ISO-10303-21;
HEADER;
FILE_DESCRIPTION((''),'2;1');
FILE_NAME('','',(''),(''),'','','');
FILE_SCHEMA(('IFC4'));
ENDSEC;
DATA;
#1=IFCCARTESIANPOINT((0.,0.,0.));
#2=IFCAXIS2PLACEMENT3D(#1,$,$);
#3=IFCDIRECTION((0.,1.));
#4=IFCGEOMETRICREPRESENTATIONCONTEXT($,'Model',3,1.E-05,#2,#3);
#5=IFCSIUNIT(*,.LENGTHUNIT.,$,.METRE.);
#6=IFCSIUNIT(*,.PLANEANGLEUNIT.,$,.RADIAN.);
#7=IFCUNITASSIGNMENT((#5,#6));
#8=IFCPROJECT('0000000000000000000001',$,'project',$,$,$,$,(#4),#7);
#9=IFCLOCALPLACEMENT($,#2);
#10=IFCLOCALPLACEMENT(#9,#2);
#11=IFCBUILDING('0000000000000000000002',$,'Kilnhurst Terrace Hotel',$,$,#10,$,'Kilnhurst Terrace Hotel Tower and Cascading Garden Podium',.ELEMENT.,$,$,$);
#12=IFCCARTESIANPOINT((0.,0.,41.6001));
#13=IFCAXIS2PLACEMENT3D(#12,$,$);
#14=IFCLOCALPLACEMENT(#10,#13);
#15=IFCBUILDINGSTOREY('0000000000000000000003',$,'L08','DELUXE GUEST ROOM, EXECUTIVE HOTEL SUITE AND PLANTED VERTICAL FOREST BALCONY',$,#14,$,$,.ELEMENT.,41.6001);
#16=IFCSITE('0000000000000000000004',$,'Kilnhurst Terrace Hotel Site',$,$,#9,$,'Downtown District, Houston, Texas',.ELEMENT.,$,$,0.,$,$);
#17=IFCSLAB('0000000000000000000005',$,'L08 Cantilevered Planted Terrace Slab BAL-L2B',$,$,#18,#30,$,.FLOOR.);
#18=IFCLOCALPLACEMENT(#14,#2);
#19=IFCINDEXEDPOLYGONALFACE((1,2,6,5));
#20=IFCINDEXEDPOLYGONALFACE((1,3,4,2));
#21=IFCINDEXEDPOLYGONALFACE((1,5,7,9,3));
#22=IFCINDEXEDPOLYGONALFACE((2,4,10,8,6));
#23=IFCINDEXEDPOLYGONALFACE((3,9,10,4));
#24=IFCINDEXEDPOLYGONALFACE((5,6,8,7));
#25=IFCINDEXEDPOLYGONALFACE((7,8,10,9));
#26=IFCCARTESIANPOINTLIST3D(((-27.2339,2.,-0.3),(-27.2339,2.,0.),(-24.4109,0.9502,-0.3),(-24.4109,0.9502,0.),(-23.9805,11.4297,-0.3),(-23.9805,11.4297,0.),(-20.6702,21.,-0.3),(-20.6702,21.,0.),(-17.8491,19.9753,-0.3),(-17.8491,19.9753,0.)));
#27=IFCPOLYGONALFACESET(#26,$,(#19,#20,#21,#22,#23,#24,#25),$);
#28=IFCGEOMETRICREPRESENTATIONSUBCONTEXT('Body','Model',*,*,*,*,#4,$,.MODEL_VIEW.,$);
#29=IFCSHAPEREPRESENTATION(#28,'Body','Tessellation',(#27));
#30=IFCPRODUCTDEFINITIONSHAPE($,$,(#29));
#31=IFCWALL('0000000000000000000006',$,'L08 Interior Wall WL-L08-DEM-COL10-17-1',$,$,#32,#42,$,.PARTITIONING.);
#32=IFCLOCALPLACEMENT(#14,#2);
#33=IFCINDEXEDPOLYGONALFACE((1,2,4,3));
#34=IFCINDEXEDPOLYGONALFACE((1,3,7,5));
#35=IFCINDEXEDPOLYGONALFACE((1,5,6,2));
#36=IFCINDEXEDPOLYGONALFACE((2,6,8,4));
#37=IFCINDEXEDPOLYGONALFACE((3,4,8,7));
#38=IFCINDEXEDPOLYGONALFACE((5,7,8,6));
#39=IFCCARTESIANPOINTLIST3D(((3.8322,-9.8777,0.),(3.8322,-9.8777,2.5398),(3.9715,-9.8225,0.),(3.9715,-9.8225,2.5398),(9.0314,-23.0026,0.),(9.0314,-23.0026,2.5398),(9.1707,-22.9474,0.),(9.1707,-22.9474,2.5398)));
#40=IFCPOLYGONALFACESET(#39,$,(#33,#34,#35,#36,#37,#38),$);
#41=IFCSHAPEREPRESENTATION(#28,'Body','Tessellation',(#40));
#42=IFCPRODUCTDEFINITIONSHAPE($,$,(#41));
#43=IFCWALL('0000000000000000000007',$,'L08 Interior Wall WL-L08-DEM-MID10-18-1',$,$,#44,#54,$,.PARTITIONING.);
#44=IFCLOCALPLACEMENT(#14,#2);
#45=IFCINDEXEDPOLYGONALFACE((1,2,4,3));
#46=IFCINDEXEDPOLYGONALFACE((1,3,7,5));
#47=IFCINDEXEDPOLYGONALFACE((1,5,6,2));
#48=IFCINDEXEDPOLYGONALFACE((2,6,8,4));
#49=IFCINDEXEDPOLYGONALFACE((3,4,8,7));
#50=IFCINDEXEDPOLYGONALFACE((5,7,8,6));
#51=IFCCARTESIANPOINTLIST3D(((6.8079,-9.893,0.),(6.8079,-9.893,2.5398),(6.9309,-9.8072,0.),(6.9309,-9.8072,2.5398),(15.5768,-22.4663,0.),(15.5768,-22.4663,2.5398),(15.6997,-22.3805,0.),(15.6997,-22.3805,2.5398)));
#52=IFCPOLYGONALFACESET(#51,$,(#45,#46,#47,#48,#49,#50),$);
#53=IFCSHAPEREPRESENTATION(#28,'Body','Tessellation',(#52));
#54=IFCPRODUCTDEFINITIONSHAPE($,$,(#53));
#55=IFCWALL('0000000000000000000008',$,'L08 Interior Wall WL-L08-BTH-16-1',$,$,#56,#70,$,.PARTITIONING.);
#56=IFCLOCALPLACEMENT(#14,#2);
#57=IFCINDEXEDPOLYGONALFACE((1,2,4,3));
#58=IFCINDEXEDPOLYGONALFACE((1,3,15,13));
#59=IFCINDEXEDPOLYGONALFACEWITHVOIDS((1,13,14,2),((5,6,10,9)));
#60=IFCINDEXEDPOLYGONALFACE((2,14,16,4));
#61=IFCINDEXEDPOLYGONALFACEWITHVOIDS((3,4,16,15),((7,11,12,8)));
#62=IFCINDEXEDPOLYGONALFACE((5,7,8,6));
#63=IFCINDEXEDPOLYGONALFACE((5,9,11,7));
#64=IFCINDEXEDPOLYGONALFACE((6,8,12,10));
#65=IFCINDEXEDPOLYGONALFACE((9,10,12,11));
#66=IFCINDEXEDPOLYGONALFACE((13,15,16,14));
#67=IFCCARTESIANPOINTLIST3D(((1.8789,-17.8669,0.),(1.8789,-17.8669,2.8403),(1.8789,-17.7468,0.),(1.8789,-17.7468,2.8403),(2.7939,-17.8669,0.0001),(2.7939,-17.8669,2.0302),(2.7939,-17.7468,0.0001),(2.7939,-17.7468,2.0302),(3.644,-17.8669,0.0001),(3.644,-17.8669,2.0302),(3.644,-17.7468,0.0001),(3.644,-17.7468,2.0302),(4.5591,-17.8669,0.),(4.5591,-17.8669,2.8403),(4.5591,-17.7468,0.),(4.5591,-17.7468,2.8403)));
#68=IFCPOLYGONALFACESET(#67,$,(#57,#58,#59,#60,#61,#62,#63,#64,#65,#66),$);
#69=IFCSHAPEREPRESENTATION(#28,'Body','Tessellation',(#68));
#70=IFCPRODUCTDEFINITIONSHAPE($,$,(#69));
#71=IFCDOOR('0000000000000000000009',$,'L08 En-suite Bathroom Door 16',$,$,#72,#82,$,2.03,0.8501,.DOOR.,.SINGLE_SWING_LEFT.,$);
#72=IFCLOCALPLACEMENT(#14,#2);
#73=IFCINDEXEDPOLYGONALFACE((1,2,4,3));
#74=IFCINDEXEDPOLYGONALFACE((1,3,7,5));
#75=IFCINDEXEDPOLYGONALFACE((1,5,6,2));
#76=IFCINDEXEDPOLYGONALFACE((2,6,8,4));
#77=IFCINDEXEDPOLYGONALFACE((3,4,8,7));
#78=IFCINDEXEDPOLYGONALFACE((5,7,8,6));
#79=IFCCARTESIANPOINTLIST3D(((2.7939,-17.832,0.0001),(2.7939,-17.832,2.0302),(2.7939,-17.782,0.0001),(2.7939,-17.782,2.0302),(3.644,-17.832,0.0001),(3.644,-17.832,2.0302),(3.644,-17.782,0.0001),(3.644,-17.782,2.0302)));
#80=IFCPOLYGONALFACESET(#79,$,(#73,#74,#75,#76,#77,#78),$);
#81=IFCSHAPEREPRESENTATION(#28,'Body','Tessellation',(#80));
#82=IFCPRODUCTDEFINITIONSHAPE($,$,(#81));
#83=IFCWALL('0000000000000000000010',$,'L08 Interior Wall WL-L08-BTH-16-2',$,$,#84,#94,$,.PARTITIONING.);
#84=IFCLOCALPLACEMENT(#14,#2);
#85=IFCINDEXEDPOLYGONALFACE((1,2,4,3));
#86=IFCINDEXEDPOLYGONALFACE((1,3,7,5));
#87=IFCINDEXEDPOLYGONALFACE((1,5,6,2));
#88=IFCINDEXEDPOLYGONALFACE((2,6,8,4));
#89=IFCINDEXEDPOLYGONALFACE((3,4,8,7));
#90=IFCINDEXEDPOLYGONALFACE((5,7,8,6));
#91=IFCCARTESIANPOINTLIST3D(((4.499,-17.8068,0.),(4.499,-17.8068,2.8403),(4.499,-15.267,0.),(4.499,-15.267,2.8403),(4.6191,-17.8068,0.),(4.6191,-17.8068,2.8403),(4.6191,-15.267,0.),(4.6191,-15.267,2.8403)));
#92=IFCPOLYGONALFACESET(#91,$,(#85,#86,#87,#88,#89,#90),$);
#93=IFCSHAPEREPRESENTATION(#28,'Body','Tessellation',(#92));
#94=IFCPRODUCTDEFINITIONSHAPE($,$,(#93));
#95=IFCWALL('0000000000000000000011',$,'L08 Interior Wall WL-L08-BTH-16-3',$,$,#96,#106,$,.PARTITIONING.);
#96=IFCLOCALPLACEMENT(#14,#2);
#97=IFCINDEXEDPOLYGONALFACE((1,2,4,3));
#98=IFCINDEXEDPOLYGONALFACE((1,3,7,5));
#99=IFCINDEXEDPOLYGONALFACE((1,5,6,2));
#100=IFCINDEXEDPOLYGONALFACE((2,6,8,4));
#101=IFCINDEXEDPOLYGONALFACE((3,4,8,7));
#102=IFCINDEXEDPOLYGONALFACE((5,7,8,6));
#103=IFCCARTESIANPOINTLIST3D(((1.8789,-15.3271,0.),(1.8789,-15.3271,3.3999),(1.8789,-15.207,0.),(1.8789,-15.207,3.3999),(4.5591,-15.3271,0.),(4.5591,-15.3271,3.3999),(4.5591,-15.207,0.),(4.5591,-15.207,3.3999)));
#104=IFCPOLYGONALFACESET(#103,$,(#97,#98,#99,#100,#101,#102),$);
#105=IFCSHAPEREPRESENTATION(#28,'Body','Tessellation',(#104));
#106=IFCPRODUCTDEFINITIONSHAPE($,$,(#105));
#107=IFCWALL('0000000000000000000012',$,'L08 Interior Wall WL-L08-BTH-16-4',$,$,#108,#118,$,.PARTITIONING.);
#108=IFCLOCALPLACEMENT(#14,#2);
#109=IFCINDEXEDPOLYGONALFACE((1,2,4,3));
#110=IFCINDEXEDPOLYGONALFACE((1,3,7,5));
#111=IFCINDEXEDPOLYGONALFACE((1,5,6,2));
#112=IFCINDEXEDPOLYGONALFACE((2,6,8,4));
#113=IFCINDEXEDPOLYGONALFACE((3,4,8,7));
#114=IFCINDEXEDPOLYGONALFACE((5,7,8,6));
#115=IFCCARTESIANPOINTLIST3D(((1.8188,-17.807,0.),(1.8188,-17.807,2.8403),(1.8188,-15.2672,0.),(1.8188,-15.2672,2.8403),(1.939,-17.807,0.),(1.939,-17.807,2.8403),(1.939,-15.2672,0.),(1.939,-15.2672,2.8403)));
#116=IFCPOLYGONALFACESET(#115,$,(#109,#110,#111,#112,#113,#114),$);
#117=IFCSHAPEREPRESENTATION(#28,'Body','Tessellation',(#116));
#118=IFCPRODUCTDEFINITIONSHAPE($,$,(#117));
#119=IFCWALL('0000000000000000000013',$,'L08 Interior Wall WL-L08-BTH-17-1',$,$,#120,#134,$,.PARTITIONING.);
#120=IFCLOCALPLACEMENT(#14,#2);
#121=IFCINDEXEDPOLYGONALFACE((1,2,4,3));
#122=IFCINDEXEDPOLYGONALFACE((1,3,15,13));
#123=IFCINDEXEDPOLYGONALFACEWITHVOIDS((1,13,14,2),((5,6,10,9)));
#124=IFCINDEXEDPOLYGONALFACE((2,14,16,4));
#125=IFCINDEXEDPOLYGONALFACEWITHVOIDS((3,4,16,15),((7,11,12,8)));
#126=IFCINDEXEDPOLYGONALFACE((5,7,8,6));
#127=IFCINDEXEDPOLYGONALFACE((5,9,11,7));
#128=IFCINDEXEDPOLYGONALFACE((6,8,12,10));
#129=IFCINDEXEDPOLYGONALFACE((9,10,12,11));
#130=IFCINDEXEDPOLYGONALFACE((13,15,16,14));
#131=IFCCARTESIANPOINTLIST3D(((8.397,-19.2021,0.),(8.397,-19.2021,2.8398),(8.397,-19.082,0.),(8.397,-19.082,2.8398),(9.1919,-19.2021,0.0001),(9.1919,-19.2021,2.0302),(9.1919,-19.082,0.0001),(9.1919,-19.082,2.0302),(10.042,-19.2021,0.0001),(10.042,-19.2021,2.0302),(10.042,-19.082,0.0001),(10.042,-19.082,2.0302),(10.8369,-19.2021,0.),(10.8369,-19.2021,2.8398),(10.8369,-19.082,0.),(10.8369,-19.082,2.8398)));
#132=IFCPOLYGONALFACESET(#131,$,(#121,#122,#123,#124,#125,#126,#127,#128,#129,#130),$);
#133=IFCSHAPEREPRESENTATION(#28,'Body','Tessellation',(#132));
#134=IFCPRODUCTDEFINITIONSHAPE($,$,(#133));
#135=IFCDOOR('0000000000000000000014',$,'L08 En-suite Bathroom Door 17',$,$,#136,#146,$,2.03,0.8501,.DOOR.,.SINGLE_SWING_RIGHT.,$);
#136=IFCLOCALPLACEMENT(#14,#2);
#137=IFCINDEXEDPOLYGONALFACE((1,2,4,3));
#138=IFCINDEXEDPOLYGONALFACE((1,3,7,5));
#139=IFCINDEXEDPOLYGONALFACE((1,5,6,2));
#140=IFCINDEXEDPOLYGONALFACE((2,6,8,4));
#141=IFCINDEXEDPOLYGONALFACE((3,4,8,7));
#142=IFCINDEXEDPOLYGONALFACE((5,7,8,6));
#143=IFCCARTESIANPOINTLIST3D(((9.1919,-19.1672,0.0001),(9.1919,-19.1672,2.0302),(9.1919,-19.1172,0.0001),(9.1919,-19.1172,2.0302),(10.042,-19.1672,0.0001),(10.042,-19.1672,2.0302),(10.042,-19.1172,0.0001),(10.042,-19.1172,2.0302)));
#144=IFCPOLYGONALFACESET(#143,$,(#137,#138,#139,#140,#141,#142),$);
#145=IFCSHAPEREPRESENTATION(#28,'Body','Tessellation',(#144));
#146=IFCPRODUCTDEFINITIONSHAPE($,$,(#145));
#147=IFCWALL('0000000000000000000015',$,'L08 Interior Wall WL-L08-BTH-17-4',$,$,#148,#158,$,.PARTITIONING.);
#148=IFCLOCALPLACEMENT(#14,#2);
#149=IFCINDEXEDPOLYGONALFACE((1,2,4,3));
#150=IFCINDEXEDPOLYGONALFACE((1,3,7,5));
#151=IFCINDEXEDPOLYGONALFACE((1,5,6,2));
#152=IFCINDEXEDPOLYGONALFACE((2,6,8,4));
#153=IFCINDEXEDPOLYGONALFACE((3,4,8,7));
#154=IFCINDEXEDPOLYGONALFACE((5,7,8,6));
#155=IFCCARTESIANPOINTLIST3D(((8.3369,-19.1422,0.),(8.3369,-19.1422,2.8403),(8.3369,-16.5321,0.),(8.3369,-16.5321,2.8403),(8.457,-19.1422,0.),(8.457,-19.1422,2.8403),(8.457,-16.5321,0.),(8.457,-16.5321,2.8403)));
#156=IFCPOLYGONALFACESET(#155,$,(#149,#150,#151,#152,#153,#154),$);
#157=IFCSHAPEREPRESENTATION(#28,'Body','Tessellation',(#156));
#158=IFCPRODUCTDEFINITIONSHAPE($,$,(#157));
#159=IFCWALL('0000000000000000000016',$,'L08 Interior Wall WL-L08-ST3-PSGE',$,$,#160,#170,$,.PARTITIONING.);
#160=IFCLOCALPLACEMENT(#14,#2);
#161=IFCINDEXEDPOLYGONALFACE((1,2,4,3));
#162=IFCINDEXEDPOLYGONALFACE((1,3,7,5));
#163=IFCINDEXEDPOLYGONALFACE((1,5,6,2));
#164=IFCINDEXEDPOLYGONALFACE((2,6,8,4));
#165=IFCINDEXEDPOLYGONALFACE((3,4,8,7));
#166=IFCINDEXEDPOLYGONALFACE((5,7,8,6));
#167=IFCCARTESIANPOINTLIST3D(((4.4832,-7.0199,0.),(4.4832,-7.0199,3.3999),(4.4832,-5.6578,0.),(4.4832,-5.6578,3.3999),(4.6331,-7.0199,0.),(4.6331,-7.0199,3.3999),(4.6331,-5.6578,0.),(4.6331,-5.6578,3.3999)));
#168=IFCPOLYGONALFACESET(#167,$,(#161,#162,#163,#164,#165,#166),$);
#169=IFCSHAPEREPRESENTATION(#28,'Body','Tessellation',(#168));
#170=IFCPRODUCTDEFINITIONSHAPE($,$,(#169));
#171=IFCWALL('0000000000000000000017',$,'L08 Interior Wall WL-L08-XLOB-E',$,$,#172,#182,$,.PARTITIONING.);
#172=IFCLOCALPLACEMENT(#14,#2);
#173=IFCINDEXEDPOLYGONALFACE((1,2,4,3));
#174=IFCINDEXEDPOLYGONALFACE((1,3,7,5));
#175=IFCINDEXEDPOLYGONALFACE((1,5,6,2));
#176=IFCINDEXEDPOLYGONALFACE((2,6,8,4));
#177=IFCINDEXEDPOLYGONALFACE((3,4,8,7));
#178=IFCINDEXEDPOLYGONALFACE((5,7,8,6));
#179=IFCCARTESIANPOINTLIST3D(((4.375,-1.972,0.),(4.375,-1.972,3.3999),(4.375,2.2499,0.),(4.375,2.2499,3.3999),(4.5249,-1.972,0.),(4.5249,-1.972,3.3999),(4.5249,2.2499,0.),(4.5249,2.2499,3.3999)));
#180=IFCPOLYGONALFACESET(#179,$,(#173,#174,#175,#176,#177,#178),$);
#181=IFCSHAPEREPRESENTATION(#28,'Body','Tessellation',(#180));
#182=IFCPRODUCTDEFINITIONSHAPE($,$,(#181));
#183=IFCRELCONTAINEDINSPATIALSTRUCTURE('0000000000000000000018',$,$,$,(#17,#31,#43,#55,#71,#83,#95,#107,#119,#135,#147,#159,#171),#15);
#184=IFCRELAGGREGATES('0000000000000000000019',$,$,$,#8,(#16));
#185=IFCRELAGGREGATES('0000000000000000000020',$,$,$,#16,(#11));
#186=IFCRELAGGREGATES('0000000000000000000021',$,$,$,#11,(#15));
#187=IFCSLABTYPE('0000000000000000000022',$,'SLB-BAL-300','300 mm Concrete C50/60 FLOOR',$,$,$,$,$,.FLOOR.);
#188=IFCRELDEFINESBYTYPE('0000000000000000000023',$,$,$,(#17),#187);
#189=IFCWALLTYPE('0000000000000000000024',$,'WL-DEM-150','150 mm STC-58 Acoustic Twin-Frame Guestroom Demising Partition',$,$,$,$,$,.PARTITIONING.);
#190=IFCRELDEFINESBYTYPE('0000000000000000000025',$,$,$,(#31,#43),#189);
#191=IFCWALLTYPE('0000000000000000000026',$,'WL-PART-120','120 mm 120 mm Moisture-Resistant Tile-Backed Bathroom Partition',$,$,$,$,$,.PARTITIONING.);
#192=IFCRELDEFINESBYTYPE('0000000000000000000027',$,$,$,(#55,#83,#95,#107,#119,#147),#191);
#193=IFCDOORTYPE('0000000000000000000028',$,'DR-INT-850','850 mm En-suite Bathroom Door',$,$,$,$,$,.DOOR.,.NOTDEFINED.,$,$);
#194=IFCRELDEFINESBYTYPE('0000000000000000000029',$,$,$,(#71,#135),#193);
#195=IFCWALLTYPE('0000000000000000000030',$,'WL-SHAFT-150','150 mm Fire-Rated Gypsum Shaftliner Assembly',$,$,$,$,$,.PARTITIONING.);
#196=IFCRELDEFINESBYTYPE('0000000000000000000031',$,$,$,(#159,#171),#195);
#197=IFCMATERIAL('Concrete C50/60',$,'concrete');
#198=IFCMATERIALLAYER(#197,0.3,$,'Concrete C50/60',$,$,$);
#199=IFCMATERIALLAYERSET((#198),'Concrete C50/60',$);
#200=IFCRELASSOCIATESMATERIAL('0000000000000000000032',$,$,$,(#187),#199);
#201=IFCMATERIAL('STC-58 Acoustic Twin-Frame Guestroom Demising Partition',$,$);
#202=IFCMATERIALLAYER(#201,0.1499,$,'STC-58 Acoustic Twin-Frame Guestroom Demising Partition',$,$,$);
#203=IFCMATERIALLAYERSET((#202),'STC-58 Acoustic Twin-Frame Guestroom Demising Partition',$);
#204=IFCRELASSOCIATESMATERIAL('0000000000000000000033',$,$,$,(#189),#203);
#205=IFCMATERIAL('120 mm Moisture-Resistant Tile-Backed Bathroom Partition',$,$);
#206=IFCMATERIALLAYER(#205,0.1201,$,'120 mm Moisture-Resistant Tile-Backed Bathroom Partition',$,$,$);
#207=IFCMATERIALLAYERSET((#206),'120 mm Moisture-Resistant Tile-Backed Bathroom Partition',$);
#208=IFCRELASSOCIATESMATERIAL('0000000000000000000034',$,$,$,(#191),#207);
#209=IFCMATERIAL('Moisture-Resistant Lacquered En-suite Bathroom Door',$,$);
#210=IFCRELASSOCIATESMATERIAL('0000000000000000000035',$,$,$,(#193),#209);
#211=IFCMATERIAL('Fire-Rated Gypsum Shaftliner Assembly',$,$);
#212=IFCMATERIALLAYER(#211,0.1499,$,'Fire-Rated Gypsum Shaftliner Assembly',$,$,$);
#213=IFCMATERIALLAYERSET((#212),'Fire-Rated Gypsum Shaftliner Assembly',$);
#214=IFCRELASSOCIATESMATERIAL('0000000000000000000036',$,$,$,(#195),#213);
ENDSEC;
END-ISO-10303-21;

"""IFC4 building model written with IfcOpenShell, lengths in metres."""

from ifc_helpers import new_model, si_unit, direction, frame, frame_2d, origin, place, context, subcontext, project, spatial, polyline, rectangle, outline, extrude, material, layer, layer_set, type_object, element, fill, save


model = new_model("IFC4")

# Units and contexts
model_context = context("Model", 3, precision=1e-05, world=origin(), true_north=direction((0.0, 1.0)))
body_context = subcontext(model_context, "Body", "Model", "MODEL_VIEW")
ifc_project = project(units=[si_unit("LENGTHUNIT", "METRE"), si_unit("PLANEANGLEUNIT", "RADIAN")], contexts=[model_context])

# Site, building, storey
site_placement = place(None, origin())
site = spatial("IfcSite", under=ifc_project, at=site_placement, Name="Kilnhurst Terrace Hotel Site", LongName="Downtown District, Houston, Texas", CompositionType="ELEMENT", RefElevation=0.0)
building_placement = place(site_placement, origin())
building = spatial("IfcBuilding", under=site, at=building_placement, Name="Kilnhurst Terrace Hotel", LongName="Kilnhurst Terrace Hotel Tower and Cascading Garden Podium", CompositionType="ELEMENT")
storey_placement = place(building_placement, frame((0.0, 0.0, 41.6001)))
storey = spatial("IfcBuildingStorey", under=building, at=storey_placement, Name="L08", Description="DELUXE GUEST ROOM, EXECUTIVE HOTEL SUITE AND PLANTED VERTICAL FOREST BALCONY", CompositionType="ELEMENT", Elevation=41.6001)

# Shared definitions
ifc_material_1 = material(Name="Concrete C50/60", Category="concrete")

# Slab
ifc_layer_1 = layer(ifc_material_1, 0.3, Name="Concrete C50/60")
ifc_layer_set_1 = layer_set([ifc_layer_1], Name="Concrete C50/60")
slab_type = type_object("IfcSlabType", Name="SLB-BAL-300", Description="300 mm Concrete C50/60 FLOOR", PredefinedType="FLOOR", material=ifc_layer_set_1)
slab_1_placement = place(storey_placement, frame((0.0, 0.0, -0.3)))
element("IfcSlab", 1, at=slab_1_placement, inside=storey, type_object=slab_type, Name="L08 Cantilevered Planted Terrace Slab BAL-L2B", PredefinedType="FLOOR", context=body_context, shape_type="SweptSolid", body=[
    extrude(outline(polyline([(-20.6702, 21.0), (-17.8491, 19.9753), (-24.4109, 0.9502), (-27.2339, 2.0), (-23.9805, 11.4297), (-20.6702, 21.0)])), origin(), (0.0, 0.0, 1.0), 0.3),
])

# Walls
ifc_material_2 = material(Name="STC-58 Acoustic Twin-Frame Guestroom Demising Partition")
ifc_layer_2 = layer(ifc_material_2, 0.1499, Name="STC-58 Acoustic Twin-Frame Guestroom Demising Partition")
ifc_layer_set_2 = layer_set([ifc_layer_2], Name="STC-58 Acoustic Twin-Frame Guestroom Demising Partition")
wall_type_1 = type_object("IfcWallType", Name="WL-DEM-150", Description="150 mm STC-58 Acoustic Twin-Frame Guestroom Demising Partition", PredefinedType="PARTITIONING", material=ifc_layer_set_2)
wall_1_placement = place(storey_placement, frame((3.9019, -9.8501, 0.0), z_axis=(0.0, 0.0, 1.0), x_axis=(0.368288, -0.929712, 0.0)))
element("IfcWall", 2, at=wall_1_placement, inside=storey, type_object=wall_type_1, Name="L08 Interior Wall WL-L08-DEM-COL10-17-1", PredefinedType="PARTITIONING", context=body_context, shape_type="SweptSolid", body=[
    extrude(rectangle(XDim=14.1172, YDim=0.1499, at=frame_2d((7.0586, 0.0))), origin(), (0.0, 0.0, 1.0), 2.5398),
])
wall_2_placement = place(storey_placement, frame((6.8694, -9.8501, 0.0), z_axis=(0.0, 0.0, 1.0), x_axis=(0.57204, -0.820226, 0.0)))
element("IfcWall", 3, at=wall_2_placement, inside=storey, type_object=wall_type_1, Name="L08 Interior Wall WL-L08-DEM-MID10-18-1", PredefinedType="PARTITIONING", context=body_context, shape_type="SweptSolid", body=[
    extrude(rectangle(XDim=15.3291, YDim=0.1499, at=frame_2d((7.6646, 0.0))), origin(), (0.0, 0.0, 1.0), 2.5398),
])

# Wall, opening, door
ifc_material_3 = material(Name="120 mm Moisture-Resistant Tile-Backed Bathroom Partition")
ifc_layer_3 = layer(ifc_material_3, 0.1201, Name="120 mm Moisture-Resistant Tile-Backed Bathroom Partition")
ifc_layer_set_3 = layer_set([ifc_layer_3], Name="120 mm Moisture-Resistant Tile-Backed Bathroom Partition")
wall_type_2 = type_object("IfcWallType", Name="WL-PART-120", Description="120 mm 120 mm Moisture-Resistant Tile-Backed Bathroom Partition", PredefinedType="PARTITIONING", material=ifc_layer_set_3)
wall_3_placement = place(storey_placement, frame((1.8789, -17.8069, 0.0), z_axis=(0.0, 0.0, 1.0), x_axis=(1.0, 0.0, 0.0)))
wall_3 = element("IfcWall", 4, at=wall_3_placement, inside=storey, type_object=wall_type_2, Name="L08 Interior Wall WL-L08-BTH-16-1", PredefinedType="PARTITIONING", context=body_context, shape_type="SweptSolid", body=[
    extrude(rectangle(XDim=2.6802, YDim=0.1201, at=frame_2d((1.3401, 0.0))), origin(), (0.0, 0.0, 1.0), 2.8403),
])
opening_1_placement = place(wall_3_placement, frame((0.915, 0.0, 0.0)))
opening_1 = element("IfcOpeningElement", 5, at=opening_1_placement, cuts=wall_3, PredefinedType="OPENING", context=body_context, shape_type="SweptSolid", body=[
    extrude(rectangle(XDim=0.8501, YDim=2.03, at=frame_2d((0.425, 1.0151))), frame((0.0, 0.0701, 0.0), z_axis=(0.0, -1.0, 0.0), x_axis=(1.0, 0.0, 0.0)), (0.0, 0.0, 1.0), 0.1401),
])
ifc_material_4 = material(Name="Moisture-Resistant Lacquered En-suite Bathroom Door")
door_type = type_object("IfcDoorType", Name="DR-INT-850", Description="850 mm En-suite Bathroom Door", OperationType="NOTDEFINED", PredefinedType="DOOR", material=ifc_material_4)
door_1_placement = place(opening_1_placement, origin())
door_1 = element("IfcDoor", 6, at=door_1_placement, inside=storey, type_object=door_type, Name="L08 En-suite Bathroom Door 16", OperationType="SINGLE_SWING_LEFT", OverallHeight=2.03, OverallWidth=0.8501, PredefinedType="DOOR", context=body_context, shape_type="SweptSolid", body=[
    extrude(rectangle(XDim=0.8501, YDim=2.03, at=frame_2d((0.425, 1.0151))), frame((0.0, 0.0249, 0.0), z_axis=(0.0, -1.0, 0.0), x_axis=(1.0, 0.0, 0.0)), (0.0, 0.0, 1.0), 0.05),
])
fill(opening_1, door_1)

# Walls
wall_4_placement = place(storey_placement, frame((4.5591, -17.8069, 0.0), z_axis=(0.0, 0.0, 1.0), x_axis=(0.0, 1.0, 0.0)))
element("IfcWall", 7, at=wall_4_placement, inside=storey, type_object=wall_type_2, Name="L08 Interior Wall WL-L08-BTH-16-2", PredefinedType="PARTITIONING", context=body_context, shape_type="SweptSolid", body=[
    extrude(rectangle(XDim=2.5398, YDim=0.1201, at=frame_2d((1.27, 0.0))), origin(), (0.0, 0.0, 1.0), 2.8403),
])
wall_5_placement = place(storey_placement, frame((4.5591, -15.2671, 0.0), z_axis=(0.0, 0.0, 1.0), x_axis=(-1.0, 0.0, 0.0)))
element("IfcWall", 8, at=wall_5_placement, inside=storey, type_object=wall_type_2, Name="L08 Interior Wall WL-L08-BTH-16-3", PredefinedType="PARTITIONING", context=body_context, shape_type="SweptSolid", body=[
    extrude(rectangle(XDim=2.6802, YDim=0.1201, at=frame_2d((1.3401, 0.0))), origin(), (0.0, 0.0, 1.0), 3.3999),
])
wall_6_placement = place(storey_placement, frame((1.8789, -15.2671, 0.0), z_axis=(0.0, 0.0, 1.0), x_axis=(0.0, -1.0, 0.0)))
element("IfcWall", 9, at=wall_6_placement, inside=storey, type_object=wall_type_2, Name="L08 Interior Wall WL-L08-BTH-16-4", PredefinedType="PARTITIONING", context=body_context, shape_type="SweptSolid", body=[
    extrude(rectangle(XDim=2.5398, YDim=0.1201, at=frame_2d((1.27, 0.0))), origin(), (0.0, 0.0, 1.0), 2.8403),
])

# Wall, opening, door
wall_7_placement = place(storey_placement, frame((8.397, -19.1421, 0.0), z_axis=(0.0, 0.0, 1.0), x_axis=(1.0, 0.0, 0.0)))
wall_7 = element("IfcWall", 10, at=wall_7_placement, inside=storey, type_object=wall_type_2, Name="L08 Interior Wall WL-L08-BTH-17-1", PredefinedType="PARTITIONING", context=body_context, shape_type="SweptSolid", body=[
    extrude(rectangle(XDim=2.4399, YDim=0.1201, at=frame_2d((1.22, 0.0))), origin(), (0.0, 0.0, 1.0), 2.8398),
])
opening_2_placement = place(wall_7_placement, frame((0.7949, 0.0, 0.0)))
opening_2 = element("IfcOpeningElement", 11, at=opening_2_placement, cuts=wall_7, PredefinedType="OPENING", context=body_context, shape_type="SweptSolid", body=[
    extrude(rectangle(XDim=0.8501, YDim=2.03, at=frame_2d((0.425, 1.0151))), frame((0.0, 0.0701, 0.0), z_axis=(0.0, -1.0, 0.0), x_axis=(1.0, 0.0, 0.0)), (0.0, 0.0, 1.0), 0.1401),
])
door_2_placement = place(opening_2_placement, origin())
door_2 = element("IfcDoor", 12, at=door_2_placement, inside=storey, type_object=door_type, Name="L08 En-suite Bathroom Door 17", OperationType="SINGLE_SWING_RIGHT", OverallHeight=2.03, OverallWidth=0.8501, PredefinedType="DOOR", context=body_context, shape_type="SweptSolid", body=[
    extrude(rectangle(XDim=0.8501, YDim=2.03, at=frame_2d((0.425, 1.0151))), frame((0.0, 0.0249, 0.0), z_axis=(0.0, -1.0, 0.0), x_axis=(1.0, 0.0, 0.0)), (0.0, 0.0, 1.0), 0.05),
])
fill(opening_2, door_2)

# Walls
wall_8_placement = place(storey_placement, frame((8.397, -16.532, 0.0), z_axis=(0.0, 0.0, 1.0), x_axis=(0.0, -1.0, 0.0)))
element("IfcWall", 13, at=wall_8_placement, inside=storey, type_object=wall_type_2, Name="L08 Interior Wall WL-L08-BTH-17-4", PredefinedType="PARTITIONING", context=body_context, shape_type="SweptSolid", body=[
    extrude(rectangle(XDim=2.6101, YDim=0.1201, at=frame_2d((1.3052, 0.0))), origin(), (0.0, 0.0, 1.0), 2.8403),
])
ifc_material_5 = material(Name="Fire-Rated Gypsum Shaftliner Assembly")
ifc_layer_4 = layer(ifc_material_5, 0.1499, Name="Fire-Rated Gypsum Shaftliner Assembly")
ifc_layer_set_4 = layer_set([ifc_layer_4], Name="Fire-Rated Gypsum Shaftliner Assembly")
wall_type_3 = type_object("IfcWallType", Name="WL-SHAFT-150", Description="150 mm Fire-Rated Gypsum Shaftliner Assembly", PredefinedType="PARTITIONING", material=ifc_layer_set_4)
wall_9_placement = place(storey_placement, frame((4.5581, -7.02, 0.0), z_axis=(0.0, 0.0, 1.0), x_axis=(0.0, 1.0, 0.0)))
element("IfcWall", 14, at=wall_9_placement, inside=storey, type_object=wall_type_3, Name="L08 Interior Wall WL-L08-ST3-PSGE", PredefinedType="PARTITIONING", context=body_context, shape_type="SweptSolid", body=[
    extrude(rectangle(XDim=1.3621, YDim=0.1499, at=frame_2d((0.6812, 0.0))), origin(), (0.0, 0.0, 1.0), 3.3999),
])
wall_10_placement = place(storey_placement, frame((4.45, -1.9719, 0.0), z_axis=(0.0, 0.0, 1.0), x_axis=(0.0, 1.0, 0.0)))
element("IfcWall", 15, at=wall_10_placement, inside=storey, type_object=wall_type_3, Name="L08 Interior Wall WL-L08-XLOB-E", PredefinedType="PARTITIONING", context=body_context, shape_type="SweptSolid", body=[
    extrude(rectangle(XDim=4.2219, YDim=0.1499, at=frame_2d((2.1108, 0.0))), origin(), (0.0, 0.0, 1.0), 3.3999),
])

save(model, "model.ifc")
